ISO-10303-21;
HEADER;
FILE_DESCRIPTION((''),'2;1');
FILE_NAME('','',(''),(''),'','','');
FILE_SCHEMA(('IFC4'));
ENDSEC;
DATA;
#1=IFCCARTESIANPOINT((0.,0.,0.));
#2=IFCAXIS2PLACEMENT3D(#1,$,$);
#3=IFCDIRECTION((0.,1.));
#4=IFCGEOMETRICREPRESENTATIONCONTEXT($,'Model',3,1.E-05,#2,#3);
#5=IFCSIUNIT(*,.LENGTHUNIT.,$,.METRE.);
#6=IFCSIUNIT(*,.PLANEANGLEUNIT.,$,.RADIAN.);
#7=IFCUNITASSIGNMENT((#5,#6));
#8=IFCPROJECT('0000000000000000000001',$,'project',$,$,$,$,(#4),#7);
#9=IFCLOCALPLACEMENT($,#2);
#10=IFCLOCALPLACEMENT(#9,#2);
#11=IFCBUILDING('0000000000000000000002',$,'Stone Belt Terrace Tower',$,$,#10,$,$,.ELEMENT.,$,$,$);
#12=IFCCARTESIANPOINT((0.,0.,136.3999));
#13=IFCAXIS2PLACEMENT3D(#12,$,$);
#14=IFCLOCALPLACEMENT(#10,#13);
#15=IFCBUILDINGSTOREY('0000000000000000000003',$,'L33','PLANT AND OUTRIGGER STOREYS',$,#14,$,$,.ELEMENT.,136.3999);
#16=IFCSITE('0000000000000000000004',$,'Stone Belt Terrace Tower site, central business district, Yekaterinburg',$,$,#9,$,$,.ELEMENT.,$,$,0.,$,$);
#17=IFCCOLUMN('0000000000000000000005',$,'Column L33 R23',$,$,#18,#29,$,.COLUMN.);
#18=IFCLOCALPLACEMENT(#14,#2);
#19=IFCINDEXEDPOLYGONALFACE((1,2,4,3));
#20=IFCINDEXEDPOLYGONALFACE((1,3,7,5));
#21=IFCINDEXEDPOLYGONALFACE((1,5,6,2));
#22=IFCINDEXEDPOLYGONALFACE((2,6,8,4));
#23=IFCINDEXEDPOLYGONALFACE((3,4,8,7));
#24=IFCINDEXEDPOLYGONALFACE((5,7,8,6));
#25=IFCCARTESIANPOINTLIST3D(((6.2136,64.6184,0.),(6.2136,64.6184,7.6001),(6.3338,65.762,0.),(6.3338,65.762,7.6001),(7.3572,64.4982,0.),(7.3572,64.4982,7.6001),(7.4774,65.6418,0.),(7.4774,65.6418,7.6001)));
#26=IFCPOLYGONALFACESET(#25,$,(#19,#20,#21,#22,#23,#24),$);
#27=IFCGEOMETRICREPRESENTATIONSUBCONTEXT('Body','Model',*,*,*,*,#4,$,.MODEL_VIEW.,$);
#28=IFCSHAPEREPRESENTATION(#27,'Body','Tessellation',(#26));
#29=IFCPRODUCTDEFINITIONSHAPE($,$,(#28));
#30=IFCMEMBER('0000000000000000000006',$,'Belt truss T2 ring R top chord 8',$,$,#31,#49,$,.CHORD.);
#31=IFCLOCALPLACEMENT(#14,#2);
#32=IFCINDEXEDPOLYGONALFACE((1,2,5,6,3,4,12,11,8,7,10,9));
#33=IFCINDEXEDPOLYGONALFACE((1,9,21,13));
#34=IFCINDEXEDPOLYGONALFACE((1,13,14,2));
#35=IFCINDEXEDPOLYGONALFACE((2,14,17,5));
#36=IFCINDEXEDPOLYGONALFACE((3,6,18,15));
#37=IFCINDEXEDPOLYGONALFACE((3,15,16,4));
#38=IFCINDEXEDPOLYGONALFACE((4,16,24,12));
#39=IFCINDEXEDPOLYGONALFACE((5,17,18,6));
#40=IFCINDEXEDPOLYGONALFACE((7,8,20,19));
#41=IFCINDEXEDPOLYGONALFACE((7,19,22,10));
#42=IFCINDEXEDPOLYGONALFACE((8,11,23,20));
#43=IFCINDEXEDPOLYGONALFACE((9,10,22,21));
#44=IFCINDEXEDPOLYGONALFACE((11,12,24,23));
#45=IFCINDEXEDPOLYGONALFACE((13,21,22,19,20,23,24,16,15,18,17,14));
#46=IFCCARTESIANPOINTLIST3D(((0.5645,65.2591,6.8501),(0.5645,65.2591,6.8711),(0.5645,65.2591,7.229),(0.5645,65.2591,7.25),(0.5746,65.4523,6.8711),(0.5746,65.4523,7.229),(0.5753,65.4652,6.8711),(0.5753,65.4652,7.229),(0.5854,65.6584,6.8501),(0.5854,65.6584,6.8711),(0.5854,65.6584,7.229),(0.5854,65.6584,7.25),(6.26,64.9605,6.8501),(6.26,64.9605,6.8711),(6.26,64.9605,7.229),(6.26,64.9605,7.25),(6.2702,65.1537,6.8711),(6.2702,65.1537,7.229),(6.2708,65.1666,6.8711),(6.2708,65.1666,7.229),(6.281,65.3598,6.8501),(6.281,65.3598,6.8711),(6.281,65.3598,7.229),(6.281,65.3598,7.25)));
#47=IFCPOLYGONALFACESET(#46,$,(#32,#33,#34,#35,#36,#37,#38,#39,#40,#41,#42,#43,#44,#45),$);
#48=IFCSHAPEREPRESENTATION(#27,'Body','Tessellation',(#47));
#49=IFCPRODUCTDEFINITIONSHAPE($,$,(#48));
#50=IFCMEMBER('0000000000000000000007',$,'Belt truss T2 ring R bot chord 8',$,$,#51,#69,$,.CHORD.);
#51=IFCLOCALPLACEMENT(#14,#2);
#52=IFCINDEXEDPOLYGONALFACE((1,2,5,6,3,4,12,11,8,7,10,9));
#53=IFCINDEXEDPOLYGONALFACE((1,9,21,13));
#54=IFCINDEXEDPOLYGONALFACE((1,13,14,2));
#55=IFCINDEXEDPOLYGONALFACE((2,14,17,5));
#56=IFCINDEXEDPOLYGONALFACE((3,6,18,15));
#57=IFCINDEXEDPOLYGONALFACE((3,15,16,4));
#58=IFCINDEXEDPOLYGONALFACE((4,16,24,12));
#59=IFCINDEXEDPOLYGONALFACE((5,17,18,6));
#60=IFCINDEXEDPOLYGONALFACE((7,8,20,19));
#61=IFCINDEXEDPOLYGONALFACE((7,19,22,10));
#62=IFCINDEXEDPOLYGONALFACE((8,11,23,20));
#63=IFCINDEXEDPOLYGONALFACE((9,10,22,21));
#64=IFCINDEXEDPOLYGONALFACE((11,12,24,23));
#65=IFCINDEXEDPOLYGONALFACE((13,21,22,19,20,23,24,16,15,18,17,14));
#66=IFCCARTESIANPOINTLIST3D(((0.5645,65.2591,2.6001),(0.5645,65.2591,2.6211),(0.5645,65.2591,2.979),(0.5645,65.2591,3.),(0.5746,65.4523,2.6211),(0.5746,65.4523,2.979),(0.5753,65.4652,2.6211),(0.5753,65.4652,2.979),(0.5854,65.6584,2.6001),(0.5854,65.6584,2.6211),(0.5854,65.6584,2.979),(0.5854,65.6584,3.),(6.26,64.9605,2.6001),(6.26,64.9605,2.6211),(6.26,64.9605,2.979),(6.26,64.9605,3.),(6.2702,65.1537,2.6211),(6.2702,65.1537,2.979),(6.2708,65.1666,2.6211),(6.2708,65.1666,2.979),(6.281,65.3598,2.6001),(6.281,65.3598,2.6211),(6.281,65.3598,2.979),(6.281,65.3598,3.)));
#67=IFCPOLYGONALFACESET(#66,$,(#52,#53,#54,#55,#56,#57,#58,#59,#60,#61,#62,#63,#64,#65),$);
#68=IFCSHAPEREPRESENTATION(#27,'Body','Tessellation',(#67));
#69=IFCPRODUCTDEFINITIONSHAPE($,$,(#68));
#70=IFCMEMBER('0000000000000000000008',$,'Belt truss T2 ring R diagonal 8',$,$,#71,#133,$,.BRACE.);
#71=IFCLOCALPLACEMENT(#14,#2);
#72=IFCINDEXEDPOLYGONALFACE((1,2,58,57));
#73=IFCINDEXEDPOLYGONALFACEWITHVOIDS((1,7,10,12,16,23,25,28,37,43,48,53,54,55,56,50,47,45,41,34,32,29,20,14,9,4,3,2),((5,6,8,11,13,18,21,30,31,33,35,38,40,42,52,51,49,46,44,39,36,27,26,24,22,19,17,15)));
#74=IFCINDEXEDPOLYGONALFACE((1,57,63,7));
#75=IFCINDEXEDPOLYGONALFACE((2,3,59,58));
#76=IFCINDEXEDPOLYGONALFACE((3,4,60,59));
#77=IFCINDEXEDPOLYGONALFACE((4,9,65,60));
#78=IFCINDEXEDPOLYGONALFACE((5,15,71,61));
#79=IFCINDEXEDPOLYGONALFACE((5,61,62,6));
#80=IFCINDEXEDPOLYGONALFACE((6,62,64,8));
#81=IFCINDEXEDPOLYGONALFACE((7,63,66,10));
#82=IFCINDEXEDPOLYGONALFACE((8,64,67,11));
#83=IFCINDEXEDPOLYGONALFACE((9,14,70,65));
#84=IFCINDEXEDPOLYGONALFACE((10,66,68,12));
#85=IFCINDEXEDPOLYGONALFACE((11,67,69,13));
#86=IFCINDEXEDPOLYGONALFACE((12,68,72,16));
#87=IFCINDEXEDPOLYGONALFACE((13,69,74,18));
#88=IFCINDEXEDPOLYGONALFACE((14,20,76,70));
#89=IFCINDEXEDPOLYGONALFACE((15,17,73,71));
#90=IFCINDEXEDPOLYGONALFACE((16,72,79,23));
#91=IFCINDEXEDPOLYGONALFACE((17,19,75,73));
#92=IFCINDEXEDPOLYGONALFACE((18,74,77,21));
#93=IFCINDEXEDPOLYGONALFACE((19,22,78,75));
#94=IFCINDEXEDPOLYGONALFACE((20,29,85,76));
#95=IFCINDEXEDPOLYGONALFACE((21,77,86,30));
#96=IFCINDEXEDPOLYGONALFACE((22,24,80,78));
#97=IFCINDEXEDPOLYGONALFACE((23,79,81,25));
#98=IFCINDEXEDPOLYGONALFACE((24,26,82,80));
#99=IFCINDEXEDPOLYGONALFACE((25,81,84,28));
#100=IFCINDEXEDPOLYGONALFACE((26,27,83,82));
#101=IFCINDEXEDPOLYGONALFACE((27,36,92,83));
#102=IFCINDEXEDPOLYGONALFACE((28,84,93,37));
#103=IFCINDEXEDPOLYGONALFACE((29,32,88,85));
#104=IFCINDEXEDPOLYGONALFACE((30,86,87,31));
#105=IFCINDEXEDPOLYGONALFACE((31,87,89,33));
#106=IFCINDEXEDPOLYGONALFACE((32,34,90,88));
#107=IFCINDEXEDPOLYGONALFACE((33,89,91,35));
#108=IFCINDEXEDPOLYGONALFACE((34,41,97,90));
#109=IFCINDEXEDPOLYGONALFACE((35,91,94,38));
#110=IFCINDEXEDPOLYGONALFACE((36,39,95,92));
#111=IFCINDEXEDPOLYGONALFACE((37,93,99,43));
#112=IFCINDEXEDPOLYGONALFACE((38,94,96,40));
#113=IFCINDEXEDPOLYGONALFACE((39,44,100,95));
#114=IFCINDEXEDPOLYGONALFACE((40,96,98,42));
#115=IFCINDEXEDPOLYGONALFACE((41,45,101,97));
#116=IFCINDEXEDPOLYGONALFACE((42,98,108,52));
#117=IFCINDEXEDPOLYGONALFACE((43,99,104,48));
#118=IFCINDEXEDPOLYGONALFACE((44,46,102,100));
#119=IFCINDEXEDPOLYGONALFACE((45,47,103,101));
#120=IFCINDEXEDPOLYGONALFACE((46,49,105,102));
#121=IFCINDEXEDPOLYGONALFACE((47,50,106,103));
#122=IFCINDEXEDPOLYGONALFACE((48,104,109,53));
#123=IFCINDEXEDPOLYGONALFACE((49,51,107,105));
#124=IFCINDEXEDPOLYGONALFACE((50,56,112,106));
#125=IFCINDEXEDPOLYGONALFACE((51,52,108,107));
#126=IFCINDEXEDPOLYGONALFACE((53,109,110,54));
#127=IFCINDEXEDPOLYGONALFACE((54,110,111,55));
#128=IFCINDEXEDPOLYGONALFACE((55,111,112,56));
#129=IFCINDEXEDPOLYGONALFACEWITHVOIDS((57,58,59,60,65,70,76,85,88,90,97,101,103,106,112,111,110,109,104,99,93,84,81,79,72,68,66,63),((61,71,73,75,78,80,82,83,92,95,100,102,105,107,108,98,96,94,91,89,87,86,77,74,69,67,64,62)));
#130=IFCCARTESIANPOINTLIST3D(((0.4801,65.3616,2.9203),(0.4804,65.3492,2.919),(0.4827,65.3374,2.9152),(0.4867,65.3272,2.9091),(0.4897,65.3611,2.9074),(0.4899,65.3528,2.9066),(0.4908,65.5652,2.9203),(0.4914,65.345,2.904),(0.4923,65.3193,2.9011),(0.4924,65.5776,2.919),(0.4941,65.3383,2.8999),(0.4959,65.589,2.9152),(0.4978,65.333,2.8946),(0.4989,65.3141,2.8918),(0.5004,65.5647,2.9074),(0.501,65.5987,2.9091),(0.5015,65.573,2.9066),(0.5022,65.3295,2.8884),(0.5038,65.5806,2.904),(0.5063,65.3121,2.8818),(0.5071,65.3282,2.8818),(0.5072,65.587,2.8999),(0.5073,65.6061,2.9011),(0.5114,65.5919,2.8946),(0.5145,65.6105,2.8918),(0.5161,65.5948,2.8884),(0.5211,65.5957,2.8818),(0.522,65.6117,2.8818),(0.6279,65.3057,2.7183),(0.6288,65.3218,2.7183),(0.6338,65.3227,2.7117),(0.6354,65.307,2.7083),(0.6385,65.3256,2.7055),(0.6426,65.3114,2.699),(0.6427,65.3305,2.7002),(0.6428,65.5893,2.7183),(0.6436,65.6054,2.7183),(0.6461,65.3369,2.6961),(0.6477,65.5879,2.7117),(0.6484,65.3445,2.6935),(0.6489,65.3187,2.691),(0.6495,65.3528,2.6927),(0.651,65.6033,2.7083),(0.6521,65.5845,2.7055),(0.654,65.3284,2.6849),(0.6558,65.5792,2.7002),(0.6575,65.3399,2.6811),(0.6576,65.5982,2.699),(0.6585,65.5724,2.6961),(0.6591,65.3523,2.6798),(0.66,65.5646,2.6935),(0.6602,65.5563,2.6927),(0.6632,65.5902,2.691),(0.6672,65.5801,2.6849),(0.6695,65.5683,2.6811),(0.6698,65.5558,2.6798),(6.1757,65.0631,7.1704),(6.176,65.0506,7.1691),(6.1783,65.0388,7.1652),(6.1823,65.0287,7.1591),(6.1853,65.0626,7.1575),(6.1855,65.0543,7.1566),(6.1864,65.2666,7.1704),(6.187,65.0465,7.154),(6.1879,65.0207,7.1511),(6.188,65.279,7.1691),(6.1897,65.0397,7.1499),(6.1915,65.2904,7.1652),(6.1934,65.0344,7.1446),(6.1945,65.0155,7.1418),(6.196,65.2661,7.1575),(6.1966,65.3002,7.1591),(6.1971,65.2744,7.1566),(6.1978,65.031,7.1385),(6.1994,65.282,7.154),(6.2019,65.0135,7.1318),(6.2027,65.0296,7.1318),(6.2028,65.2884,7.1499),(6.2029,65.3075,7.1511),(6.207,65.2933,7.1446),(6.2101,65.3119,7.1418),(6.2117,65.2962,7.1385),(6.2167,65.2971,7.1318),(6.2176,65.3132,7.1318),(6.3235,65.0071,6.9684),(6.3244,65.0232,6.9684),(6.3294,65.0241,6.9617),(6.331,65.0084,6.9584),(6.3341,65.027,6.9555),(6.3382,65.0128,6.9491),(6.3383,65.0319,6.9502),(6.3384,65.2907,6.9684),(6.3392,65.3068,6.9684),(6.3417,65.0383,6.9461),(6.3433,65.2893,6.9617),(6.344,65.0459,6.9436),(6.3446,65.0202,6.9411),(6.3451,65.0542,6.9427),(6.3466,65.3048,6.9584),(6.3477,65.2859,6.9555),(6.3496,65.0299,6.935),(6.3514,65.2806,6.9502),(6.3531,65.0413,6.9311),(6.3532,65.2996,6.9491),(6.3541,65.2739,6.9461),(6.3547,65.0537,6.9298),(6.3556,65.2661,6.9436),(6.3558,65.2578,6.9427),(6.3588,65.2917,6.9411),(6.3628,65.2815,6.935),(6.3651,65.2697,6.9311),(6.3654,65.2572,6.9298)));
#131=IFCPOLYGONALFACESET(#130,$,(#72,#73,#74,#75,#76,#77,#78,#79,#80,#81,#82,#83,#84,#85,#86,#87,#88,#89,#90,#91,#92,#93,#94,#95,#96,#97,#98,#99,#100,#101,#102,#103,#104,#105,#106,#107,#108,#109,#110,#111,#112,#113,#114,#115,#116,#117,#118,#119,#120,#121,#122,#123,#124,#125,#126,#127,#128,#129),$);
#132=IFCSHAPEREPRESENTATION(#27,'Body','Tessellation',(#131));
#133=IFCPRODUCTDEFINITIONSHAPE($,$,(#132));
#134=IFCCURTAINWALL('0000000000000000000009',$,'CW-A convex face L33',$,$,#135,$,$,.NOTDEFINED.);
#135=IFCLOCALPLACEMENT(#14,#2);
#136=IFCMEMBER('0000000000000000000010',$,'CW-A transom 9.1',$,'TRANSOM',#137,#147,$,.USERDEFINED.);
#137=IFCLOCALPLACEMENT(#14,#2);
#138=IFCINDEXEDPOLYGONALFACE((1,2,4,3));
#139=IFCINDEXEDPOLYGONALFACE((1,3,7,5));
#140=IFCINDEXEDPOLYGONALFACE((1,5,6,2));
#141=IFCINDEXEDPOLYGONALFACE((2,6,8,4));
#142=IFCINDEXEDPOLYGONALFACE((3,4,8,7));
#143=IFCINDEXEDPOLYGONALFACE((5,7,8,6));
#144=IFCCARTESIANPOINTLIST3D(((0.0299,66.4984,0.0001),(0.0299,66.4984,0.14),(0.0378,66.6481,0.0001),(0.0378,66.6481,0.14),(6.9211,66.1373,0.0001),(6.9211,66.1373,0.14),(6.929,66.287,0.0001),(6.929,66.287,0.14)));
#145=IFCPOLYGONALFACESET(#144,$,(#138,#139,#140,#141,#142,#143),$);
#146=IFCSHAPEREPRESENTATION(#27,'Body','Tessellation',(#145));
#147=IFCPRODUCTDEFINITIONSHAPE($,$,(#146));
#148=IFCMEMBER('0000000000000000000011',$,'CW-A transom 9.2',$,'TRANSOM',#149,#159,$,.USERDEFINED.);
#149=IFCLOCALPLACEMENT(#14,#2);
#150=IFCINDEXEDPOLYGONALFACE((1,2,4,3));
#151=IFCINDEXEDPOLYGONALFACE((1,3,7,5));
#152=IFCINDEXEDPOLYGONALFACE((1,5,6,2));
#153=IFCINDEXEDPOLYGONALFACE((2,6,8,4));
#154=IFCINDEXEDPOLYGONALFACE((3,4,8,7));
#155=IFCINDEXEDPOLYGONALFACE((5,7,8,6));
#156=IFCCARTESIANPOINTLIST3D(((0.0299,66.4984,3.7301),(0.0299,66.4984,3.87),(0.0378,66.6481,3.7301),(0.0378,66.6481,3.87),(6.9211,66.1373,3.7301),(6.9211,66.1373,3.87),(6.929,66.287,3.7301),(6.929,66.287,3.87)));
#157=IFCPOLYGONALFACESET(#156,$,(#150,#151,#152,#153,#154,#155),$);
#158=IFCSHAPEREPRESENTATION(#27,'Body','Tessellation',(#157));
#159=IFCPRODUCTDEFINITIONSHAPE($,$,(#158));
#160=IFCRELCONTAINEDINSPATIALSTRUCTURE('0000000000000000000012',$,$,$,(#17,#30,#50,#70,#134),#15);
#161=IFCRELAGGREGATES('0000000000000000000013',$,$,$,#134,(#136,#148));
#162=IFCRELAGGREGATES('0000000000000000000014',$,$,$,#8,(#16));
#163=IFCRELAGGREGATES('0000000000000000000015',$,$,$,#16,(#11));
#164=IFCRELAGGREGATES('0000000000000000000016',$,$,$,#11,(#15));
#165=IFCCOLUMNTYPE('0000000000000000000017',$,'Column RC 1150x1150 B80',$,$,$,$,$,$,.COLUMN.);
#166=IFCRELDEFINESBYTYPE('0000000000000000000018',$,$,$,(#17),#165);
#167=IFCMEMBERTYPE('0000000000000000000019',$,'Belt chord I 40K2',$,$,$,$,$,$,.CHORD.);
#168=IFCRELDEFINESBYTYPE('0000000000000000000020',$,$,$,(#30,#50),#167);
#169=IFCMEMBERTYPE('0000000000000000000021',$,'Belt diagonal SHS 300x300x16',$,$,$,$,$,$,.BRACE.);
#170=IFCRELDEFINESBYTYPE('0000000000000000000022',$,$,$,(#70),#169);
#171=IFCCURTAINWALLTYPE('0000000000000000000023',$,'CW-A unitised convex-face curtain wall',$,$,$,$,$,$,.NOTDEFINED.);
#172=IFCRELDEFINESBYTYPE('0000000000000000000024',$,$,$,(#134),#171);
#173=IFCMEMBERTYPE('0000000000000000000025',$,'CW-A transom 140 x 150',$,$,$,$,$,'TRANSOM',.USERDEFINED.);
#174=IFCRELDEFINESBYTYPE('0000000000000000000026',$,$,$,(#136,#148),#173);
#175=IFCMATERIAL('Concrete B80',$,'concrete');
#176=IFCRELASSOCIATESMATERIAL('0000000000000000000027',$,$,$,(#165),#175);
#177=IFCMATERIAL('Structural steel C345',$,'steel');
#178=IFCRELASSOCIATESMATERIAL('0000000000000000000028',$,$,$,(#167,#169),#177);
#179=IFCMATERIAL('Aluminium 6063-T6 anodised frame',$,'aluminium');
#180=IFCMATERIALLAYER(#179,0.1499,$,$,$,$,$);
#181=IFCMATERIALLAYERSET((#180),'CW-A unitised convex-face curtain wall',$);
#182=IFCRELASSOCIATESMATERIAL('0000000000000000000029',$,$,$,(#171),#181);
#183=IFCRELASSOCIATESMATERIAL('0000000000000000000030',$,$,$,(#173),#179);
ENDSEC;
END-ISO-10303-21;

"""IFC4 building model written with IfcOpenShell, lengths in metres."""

from ifc_helpers import new_model, si_unit, direction, frame, origin, origin_2d, place, context, subcontext, project, spatial, rectangle, hollow_rectangle, i_section, extrude, material, layer, layer_set, material_profile, profile_set, type_object, element, aggregate, save


model = new_model("IFC4")

# Units and contexts
model_context = context("Model", 3, precision=1e-05, world=origin(), true_north=direction((0.0, 1.0)))
body_context = subcontext(model_context, "Body", "Model", "MODEL_VIEW")
ifc_project = project(units=[si_unit("LENGTHUNIT", "METRE"), si_unit("PLANEANGLEUNIT", "RADIAN")], contexts=[model_context])

# Site, building, storey
site_placement = place(None, origin())
site = spatial("IfcSite", under=ifc_project, at=site_placement, Name="Stone Belt Terrace Tower site, central business district, Yekaterinburg", CompositionType="ELEMENT", RefElevation=0.0)
building_placement = place(site_placement, origin())
building = spatial("IfcBuilding", under=site, at=building_placement, Name="Stone Belt Terrace Tower", CompositionType="ELEMENT")
storey_placement = place(building_placement, frame((0.0, 0.0, 136.3999)))
storey = spatial("IfcBuildingStorey", under=building, at=storey_placement, Name="L33", Description="PLANT AND OUTRIGGER STOREYS", CompositionType="ELEMENT", Elevation=136.3999)

# Column
ifc_material_1 = material(Name="Concrete B80", Category="concrete")
ifc_material_profile_1 = material_profile(ifc_material_1, rectangle(XDim=1.1499, YDim=1.1499, at=origin_2d()), Name="RC 1150x1150")
ifc_profile_set_1 = profile_set([ifc_material_profile_1], Name="Concrete B80")
column_type = type_object("IfcColumnType", Name="Column RC 1150x1150 B80", PredefinedType="COLUMN", material=ifc_profile_set_1)
column_placement = place(storey_placement, frame((6.8455, 65.1301, 0.0), z_axis=(0.0, 0.0, 1.0), x_axis=(0.994522, -0.104528, 0.0)))
element("IfcColumn", 1, at=column_placement, inside=storey, type_object=column_type, Name="Column L33 R23", PredefinedType="COLUMN", context=body_context, shape_type="SweptSolid", body=[
    extrude(rectangle(XDim=1.1499, YDim=1.1499, at=origin_2d()), origin(), (0.0, 0.0, 1.0), 7.6001),
])

# Members
ifc_material_2 = material(Name="Structural steel C345", Category="steel")
ifc_material_profile_2 = material_profile(ifc_material_2, i_section(OverallWidth=0.3999, OverallDepth=0.3999, WebThickness=0.0129, FlangeThickness=0.021, at=origin_2d()), Name="I 40K2")
ifc_profile_set_2 = profile_set([ifc_material_profile_2], Name="Structural steel C345")
member_type_1 = type_object("IfcMemberType", Name="Belt chord I 40K2", PredefinedType="CHORD", material=ifc_profile_set_2)
for number, where, z_axis, x_axis, name in (
    (2, (0.575, 65.4587, 7.05), (0.998629, -0.052352, 0.0), (0.052352, 0.998629, 0.0), "Belt truss T2 ring R top chord 8"),
    (3, (0.575, 65.4587, 2.8), (0.998629, -0.052352, 0.0), (0.052352, 0.998629, 0.0), "Belt truss T2 ring R bot chord 8"),
):
    element("IfcMember", number, at=place(storey_placement, frame(where, z_axis=z_axis, x_axis=x_axis)), inside=storey, type_object=member_type_1, Name=name, PredefinedType="CHORD", context=body_context, shape_type="SweptSolid", body=[
        extrude(i_section(OverallWidth=0.3999, OverallDepth=0.3999, WebThickness=0.0129, FlangeThickness=0.021, at=origin_2d()), origin(), (0.0, 0.0, 1.0), 5.7034),
    ])
ifc_material_profile_3 = material_profile(ifc_material_2, hollow_rectangle(XDim=0.3, YDim=0.3, WallThickness=0.0161, InnerFilletRadius=0.032, OuterFilletRadius=0.0481, at=origin_2d()), Name="SHS 300x300x16")
ifc_profile_set_3 = profile_set([ifc_material_profile_3], Name="Structural steel C345")
member_type_2 = type_object("IfcMemberType", Name="Belt diagonal SHS 300x300x16", PredefinedType="BRACE", material=ifc_profile_set_3)
member_1_placement = place(storey_placement, frame((0.575, 65.4587, 2.8), z_axis=(0.800755, -0.041979, 0.59752), x_axis=(0.052352, 0.998629, 0.0)))
element("IfcMember", 4, at=member_1_placement, inside=storey, type_object=member_type_2, Name="Belt truss T2 ring R diagonal 8", PredefinedType="BRACE", context=body_context, shape_type="SweptSolid", body=[
    extrude(hollow_rectangle(XDim=0.3, YDim=0.3, WallThickness=0.0161, InnerFilletRadius=0.032, OuterFilletRadius=0.0481, at=origin_2d()), origin(), (0.0, 0.0, 1.0), 7.1128),
])

# Curtain wall, members
ifc_material_3 = material(Name="Aluminium 6063-T6 anodised frame", Category="aluminium")
ifc_layer_1 = layer(ifc_material_3, 0.1499)
ifc_layer_set_1 = layer_set([ifc_layer_1], Name="CW-A unitised convex-face curtain wall")
curtain_wall_type = type_object("IfcCurtainWallType", Name="CW-A unitised convex-face curtain wall", PredefinedType="NOTDEFINED", material=ifc_layer_set_1)
curtain_wall_placement = place(storey_placement, origin())
curtain_wall = element("IfcCurtainWall", 5, at=curtain_wall_placement, inside=storey, type_object=curtain_wall_type, Name="CW-A convex face L33", PredefinedType="NOTDEFINED")
ifc_material_profile_4 = material_profile(ifc_material_3, rectangle(XDim=0.1499, YDim=0.1399, at=origin_2d()), Name="Aluminium 6063-T6 150x140")
ifc_profile_set_4 = profile_set([ifc_material_profile_4], Name="Aluminium 6063-T6 anodised frame")
member_type_3 = type_object("IfcMemberType", Name="CW-A transom 140 x 150", ElementType="TRANSOM", PredefinedType="USERDEFINED", material=ifc_profile_set_4)
member_2_placement = place(storey_placement, frame((6.925, 66.2122, 0.0701), z_axis=(-0.99863, 0.052327, 0.0), x_axis=(-0.052327, -0.99863, 0.0)))
member_2 = element("IfcMember", 6, at=member_2_placement, type_object=member_type_3, Name="CW-A transom 9.1", ObjectType="TRANSOM", PredefinedType="USERDEFINED", context=body_context, shape_type="SweptSolid", body=[
    extrude(rectangle(XDim=0.1499, YDim=0.1399, at=origin_2d()), origin(), (0.0, 0.0, 1.0), 6.9006),
])
member_3_placement = place(storey_placement, frame((6.925, 66.2122, 3.8), z_axis=(-0.99863, 0.052327, 0.0), x_axis=(-0.052327, -0.99863, 0.0)))
member_3 = element("IfcMember", 7, at=member_3_placement, type_object=member_type_3, Name="CW-A transom 9.2", ObjectType="TRANSOM", PredefinedType="USERDEFINED", context=body_context, shape_type="SweptSolid", body=[
    extrude(rectangle(XDim=0.1499, YDim=0.1399, at=origin_2d()), origin(), (0.0, 0.0, 1.0), 6.9006),
])

aggregate(curtain_wall, [member_2, member_3])

save(model, "model.ifc")
